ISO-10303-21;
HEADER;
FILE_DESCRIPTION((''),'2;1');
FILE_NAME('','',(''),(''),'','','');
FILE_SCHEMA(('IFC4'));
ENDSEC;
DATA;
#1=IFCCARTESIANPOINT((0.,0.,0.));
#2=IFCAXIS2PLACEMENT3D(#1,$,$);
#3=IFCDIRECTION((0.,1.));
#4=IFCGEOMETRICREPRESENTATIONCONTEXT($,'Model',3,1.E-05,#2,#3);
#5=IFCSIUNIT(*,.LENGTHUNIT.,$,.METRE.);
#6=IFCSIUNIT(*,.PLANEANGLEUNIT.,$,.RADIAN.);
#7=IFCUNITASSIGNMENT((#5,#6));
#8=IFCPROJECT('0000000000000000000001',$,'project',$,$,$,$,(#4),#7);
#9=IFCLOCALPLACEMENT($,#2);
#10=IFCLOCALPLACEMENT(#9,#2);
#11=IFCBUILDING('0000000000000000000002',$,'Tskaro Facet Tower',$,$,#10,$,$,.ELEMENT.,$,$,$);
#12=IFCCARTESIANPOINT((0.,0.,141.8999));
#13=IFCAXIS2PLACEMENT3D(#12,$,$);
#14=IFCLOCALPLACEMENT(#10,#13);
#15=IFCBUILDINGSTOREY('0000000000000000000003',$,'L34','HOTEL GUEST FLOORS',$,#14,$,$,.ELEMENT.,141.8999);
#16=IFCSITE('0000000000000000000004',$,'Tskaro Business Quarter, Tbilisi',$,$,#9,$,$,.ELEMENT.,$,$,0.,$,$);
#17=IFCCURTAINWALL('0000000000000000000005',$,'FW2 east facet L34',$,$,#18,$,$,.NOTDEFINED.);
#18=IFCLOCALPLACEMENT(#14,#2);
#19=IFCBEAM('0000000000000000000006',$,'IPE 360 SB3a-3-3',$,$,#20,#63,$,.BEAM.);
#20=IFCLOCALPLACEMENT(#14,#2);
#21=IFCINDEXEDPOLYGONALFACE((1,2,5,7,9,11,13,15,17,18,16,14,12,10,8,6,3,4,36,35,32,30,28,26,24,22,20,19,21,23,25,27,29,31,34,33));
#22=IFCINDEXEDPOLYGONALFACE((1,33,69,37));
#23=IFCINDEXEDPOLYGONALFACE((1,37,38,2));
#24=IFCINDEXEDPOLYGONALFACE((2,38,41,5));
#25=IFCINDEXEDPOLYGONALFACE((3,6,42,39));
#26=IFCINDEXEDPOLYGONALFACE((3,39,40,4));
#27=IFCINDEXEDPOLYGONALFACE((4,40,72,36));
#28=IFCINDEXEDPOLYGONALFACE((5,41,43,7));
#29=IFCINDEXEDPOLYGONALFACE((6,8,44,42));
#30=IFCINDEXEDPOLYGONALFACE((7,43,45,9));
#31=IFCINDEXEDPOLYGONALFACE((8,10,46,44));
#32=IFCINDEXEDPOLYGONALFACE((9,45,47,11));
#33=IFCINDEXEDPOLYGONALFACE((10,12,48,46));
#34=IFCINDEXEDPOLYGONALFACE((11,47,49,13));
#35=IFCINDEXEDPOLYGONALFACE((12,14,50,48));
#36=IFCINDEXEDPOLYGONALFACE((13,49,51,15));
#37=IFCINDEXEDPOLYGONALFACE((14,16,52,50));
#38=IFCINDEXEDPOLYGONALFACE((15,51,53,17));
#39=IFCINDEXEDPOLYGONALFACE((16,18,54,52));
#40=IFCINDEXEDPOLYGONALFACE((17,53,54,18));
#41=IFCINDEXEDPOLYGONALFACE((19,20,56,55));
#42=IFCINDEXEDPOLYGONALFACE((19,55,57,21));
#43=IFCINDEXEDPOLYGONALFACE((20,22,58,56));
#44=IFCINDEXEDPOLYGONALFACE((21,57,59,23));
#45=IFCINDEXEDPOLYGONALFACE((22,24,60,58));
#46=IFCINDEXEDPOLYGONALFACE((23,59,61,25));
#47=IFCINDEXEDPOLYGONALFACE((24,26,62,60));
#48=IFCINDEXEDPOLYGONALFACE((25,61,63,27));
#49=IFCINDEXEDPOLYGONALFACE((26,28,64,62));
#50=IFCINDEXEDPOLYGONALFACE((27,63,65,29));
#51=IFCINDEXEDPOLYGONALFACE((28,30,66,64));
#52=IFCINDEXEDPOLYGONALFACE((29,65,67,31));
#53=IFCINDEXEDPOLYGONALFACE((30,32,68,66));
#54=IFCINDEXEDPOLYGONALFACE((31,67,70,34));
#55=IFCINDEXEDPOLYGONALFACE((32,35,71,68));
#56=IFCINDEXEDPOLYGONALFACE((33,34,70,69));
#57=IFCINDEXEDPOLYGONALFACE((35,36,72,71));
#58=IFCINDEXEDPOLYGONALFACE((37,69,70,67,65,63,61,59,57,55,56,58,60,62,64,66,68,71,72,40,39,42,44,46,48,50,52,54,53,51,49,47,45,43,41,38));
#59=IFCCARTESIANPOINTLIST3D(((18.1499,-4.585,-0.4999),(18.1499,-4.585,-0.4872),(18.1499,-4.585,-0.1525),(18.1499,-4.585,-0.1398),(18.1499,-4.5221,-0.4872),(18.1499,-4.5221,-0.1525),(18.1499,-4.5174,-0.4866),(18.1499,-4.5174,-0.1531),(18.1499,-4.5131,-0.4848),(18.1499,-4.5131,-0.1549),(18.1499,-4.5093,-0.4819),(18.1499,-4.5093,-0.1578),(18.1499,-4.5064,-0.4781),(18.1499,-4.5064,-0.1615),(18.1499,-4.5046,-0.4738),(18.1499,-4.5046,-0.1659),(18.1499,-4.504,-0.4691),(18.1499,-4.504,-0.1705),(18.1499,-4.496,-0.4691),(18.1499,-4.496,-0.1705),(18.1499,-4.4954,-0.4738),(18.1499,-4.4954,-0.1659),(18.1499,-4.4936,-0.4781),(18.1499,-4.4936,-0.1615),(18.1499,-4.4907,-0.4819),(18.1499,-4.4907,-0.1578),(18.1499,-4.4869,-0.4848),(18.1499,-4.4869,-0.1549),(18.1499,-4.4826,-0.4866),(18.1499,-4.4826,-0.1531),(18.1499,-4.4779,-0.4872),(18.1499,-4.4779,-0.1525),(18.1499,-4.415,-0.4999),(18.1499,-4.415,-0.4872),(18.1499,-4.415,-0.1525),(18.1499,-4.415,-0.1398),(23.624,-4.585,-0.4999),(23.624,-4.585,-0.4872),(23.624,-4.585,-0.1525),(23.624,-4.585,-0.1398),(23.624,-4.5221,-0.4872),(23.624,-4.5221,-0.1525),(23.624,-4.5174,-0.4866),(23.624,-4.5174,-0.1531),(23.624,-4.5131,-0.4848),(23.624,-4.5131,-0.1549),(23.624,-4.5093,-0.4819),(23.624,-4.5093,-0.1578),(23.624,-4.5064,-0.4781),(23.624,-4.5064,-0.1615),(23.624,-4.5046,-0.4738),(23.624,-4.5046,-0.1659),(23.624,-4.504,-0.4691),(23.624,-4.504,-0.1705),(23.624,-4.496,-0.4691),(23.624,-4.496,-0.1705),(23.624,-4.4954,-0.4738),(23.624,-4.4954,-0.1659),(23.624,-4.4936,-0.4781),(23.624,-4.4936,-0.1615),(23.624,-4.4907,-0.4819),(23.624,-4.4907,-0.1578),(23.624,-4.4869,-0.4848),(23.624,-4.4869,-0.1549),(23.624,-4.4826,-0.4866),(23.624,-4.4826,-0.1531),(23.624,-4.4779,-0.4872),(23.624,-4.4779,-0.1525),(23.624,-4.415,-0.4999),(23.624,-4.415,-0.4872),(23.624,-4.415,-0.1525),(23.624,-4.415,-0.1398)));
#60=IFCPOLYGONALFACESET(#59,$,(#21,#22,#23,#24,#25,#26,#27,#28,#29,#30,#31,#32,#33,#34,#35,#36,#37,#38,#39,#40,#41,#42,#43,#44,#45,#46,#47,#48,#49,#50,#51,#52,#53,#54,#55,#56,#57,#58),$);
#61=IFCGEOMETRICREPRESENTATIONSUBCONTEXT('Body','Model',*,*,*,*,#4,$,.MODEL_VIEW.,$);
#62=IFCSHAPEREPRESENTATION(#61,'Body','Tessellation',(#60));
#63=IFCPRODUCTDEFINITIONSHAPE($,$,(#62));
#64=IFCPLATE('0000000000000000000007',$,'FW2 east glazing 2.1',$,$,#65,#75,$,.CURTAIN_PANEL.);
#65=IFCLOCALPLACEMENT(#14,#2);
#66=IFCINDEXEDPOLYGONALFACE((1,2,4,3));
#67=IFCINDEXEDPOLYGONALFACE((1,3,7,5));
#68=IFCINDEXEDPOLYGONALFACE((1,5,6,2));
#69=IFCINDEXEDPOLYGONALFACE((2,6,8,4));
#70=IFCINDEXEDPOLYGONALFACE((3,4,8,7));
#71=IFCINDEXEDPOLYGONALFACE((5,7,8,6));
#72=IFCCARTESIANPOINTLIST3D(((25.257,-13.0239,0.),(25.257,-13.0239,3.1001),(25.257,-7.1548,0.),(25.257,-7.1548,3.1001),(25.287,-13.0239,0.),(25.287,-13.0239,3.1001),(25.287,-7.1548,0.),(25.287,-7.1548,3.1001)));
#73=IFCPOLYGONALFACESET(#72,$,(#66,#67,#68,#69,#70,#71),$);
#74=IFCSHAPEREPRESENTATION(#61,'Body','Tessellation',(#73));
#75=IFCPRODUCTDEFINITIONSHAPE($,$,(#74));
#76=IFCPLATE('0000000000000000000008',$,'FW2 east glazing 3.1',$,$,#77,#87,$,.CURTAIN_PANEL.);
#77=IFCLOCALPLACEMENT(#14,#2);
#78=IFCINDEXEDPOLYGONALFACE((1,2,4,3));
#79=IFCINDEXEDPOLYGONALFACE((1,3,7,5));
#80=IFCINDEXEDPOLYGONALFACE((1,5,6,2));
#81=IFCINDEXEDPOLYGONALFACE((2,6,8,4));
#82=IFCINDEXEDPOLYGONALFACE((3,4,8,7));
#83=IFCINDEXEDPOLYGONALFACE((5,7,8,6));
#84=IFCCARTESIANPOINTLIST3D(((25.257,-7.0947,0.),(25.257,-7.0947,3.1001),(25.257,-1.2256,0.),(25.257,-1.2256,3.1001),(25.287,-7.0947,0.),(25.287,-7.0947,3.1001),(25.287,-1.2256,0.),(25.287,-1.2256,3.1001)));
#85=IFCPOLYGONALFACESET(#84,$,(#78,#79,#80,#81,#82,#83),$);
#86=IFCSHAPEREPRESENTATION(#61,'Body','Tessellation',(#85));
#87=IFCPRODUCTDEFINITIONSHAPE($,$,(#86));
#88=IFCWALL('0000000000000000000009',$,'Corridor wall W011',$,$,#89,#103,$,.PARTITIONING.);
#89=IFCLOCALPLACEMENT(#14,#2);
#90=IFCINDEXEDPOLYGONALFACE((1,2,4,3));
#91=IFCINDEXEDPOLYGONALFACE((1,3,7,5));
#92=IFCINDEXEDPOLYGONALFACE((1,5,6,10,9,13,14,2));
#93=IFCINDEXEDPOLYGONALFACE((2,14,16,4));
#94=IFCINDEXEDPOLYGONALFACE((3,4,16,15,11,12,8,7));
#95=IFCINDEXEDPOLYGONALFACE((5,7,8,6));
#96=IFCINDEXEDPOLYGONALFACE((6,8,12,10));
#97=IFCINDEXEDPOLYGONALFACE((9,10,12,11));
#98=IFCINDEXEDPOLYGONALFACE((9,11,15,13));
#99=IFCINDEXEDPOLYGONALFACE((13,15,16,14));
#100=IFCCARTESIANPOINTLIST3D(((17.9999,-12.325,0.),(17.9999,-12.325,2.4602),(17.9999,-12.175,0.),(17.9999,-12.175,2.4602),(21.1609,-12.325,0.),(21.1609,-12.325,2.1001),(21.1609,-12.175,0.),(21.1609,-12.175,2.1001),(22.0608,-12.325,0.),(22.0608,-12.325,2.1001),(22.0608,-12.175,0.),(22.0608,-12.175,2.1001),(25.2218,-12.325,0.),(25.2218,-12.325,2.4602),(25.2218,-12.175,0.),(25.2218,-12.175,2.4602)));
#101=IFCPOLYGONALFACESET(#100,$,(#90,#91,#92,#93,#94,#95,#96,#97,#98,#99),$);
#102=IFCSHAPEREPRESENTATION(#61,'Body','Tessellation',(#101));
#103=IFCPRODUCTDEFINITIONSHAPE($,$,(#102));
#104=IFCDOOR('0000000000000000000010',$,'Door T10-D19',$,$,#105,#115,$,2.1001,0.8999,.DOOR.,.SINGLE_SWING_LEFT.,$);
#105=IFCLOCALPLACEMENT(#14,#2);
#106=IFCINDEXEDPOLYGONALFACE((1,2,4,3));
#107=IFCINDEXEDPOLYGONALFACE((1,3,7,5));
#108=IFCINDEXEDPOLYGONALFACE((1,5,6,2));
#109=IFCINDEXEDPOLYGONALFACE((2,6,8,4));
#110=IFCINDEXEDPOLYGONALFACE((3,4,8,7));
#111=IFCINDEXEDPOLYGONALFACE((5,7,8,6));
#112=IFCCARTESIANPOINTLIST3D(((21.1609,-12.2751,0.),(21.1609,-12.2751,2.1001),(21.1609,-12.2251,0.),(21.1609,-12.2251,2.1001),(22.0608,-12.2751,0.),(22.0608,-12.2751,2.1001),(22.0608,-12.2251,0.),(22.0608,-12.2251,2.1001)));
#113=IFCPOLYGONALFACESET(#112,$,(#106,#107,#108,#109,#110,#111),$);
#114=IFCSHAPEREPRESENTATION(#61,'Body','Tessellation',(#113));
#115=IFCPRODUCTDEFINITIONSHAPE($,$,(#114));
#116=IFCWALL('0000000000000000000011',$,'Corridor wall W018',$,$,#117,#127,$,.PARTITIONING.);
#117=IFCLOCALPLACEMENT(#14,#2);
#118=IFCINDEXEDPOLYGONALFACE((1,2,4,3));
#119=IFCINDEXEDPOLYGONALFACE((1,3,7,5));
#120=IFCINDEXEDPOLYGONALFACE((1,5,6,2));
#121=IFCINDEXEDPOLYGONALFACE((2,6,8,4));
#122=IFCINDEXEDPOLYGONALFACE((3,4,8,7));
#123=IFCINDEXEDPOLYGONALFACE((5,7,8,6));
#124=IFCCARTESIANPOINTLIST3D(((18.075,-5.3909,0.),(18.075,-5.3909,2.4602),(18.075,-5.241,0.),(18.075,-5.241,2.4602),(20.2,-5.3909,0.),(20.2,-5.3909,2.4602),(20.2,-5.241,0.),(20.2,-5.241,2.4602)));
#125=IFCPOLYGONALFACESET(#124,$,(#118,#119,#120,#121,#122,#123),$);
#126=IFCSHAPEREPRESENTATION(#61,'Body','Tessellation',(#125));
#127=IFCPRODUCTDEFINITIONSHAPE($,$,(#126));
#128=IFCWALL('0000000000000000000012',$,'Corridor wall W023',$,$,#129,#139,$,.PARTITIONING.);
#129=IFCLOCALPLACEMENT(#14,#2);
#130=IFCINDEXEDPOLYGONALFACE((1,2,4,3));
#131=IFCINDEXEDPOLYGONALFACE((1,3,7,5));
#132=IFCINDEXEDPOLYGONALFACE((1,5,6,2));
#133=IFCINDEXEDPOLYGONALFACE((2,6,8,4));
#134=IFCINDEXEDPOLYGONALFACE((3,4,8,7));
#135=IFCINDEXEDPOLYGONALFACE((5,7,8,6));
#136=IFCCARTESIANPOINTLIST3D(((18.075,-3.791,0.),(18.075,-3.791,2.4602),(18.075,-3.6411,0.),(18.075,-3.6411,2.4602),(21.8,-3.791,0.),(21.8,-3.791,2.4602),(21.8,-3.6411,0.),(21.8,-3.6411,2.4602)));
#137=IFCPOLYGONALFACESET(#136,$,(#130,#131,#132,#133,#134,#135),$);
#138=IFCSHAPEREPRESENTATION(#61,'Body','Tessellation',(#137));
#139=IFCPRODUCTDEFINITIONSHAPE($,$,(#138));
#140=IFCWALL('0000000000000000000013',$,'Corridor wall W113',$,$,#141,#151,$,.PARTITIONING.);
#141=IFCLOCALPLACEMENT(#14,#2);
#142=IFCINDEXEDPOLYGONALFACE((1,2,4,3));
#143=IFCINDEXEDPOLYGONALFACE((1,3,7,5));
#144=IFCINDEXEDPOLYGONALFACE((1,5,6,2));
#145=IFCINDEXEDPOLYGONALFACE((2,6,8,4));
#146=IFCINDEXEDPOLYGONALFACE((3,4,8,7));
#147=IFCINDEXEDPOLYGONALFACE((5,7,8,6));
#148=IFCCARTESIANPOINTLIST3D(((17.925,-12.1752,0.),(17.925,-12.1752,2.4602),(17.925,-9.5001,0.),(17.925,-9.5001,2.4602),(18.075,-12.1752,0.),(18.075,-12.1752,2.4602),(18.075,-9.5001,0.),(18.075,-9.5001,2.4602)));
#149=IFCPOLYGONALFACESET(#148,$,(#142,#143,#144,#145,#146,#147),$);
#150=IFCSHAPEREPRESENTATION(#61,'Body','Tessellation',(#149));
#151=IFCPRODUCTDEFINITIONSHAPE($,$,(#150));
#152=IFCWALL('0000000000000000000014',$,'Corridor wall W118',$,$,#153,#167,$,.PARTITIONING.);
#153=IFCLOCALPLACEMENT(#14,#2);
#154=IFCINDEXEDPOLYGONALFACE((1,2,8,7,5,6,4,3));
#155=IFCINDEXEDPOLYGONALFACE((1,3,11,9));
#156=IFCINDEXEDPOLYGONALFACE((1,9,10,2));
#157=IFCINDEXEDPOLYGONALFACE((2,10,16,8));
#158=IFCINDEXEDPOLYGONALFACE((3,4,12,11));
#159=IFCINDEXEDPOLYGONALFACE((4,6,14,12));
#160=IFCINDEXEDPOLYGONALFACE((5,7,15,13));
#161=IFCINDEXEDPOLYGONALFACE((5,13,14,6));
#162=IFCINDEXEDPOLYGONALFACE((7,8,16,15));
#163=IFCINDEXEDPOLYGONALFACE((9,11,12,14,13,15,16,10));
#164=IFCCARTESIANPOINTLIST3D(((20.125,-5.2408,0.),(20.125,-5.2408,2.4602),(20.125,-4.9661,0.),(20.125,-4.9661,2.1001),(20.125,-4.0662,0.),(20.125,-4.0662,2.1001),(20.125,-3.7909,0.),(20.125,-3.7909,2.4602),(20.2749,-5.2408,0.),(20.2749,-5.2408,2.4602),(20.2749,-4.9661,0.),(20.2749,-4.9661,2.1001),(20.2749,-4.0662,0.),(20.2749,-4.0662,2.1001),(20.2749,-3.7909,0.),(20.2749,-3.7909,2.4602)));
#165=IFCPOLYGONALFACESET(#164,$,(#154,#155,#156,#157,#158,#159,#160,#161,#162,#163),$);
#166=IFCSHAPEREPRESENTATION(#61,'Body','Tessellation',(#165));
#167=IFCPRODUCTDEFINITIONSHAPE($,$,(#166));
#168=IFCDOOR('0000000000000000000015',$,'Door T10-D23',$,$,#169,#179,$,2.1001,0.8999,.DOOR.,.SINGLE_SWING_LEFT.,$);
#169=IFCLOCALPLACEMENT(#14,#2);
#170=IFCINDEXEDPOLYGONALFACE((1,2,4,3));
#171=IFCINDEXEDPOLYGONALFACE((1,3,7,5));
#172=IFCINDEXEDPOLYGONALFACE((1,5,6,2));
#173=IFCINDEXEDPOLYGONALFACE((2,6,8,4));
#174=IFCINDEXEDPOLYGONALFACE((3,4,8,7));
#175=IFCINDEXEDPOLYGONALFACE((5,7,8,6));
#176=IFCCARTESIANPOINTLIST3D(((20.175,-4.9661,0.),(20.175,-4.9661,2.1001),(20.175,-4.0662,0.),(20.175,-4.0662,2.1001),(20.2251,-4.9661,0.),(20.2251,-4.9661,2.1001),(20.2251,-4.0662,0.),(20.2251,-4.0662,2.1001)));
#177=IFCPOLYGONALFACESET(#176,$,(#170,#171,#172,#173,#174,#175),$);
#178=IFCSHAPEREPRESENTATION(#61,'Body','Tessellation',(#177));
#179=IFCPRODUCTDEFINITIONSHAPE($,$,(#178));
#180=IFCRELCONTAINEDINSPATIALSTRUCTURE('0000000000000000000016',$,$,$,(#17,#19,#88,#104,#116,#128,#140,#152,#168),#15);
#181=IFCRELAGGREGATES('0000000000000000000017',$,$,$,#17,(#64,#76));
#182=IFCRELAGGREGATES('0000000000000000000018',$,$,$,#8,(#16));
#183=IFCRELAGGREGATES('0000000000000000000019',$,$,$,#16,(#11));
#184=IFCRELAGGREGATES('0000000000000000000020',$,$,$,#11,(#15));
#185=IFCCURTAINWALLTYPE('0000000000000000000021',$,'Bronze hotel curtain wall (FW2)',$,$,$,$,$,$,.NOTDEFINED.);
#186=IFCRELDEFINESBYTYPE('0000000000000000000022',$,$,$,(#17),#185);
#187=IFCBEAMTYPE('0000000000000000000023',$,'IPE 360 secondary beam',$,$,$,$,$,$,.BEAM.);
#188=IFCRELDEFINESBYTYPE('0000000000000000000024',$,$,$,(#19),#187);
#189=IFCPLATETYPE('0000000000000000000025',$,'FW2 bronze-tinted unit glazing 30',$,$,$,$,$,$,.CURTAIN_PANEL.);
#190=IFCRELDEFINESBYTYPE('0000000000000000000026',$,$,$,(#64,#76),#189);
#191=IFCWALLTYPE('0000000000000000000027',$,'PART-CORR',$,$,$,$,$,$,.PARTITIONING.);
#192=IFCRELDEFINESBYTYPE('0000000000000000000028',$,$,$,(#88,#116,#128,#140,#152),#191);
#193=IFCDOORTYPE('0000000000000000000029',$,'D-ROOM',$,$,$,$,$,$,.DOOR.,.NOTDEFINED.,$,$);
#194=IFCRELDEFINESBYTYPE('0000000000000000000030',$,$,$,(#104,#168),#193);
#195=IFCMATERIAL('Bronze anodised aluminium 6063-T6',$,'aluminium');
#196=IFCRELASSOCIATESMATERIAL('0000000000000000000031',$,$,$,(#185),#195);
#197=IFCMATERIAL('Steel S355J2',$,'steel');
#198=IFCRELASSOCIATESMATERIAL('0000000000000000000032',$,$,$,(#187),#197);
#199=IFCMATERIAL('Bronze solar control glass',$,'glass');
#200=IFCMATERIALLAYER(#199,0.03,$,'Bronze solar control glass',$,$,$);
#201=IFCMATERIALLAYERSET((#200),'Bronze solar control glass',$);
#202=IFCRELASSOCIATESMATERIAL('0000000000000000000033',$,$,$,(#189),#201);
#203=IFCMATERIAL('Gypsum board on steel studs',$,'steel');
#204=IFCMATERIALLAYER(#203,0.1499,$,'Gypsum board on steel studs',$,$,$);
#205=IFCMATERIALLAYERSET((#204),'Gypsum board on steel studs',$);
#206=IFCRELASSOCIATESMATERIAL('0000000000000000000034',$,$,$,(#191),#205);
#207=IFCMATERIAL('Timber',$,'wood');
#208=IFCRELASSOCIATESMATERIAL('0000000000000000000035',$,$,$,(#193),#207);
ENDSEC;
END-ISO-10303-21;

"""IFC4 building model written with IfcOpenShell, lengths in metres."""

from ifc_helpers import new_model, si_unit, direction, frame, frame_2d, origin, origin_2d, place, context, subcontext, project, spatial, rectangle, i_section, extrude, material, layer, layer_set, material_profile, profile_set, type_object, element, fill, aggregate, save


model = new_model("IFC4")

# Units and contexts
model_context = context("Model", 3, precision=1e-05, world=origin(), true_north=direction((0.0, 1.0)))
body_context = subcontext(model_context, "Body", "Model", "MODEL_VIEW")
ifc_project = project(units=[si_unit("LENGTHUNIT", "METRE"), si_unit("PLANEANGLEUNIT", "RADIAN")], contexts=[model_context])

# Site, building, storey
site_placement = place(None, origin())
site = spatial("IfcSite", under=ifc_project, at=site_placement, Name="Tskaro Business Quarter, Tbilisi", CompositionType="ELEMENT", RefElevation=0.0)
building_placement = place(site_placement, origin())
building = spatial("IfcBuilding", under=site, at=building_placement, Name="Tskaro Facet Tower", CompositionType="ELEMENT")
storey_placement = place(building_placement, frame((0.0, 0.0, 141.8999)))
storey = spatial("IfcBuildingStorey", under=building, at=storey_placement, Name="L34", Description="HOTEL GUEST FLOORS", CompositionType="ELEMENT", Elevation=141.8999)

# Curtain wall
ifc_material_1 = material(Name="Bronze anodised aluminium 6063-T6", Category="aluminium")
curtain_wall_type = type_object("IfcCurtainWallType", Name="Bronze hotel curtain wall (FW2)", PredefinedType="NOTDEFINED", material=ifc_material_1)
curtain_wall_placement = place(storey_placement, origin())
curtain_wall = element("IfcCurtainWall", 1, at=curtain_wall_placement, inside=storey, type_object=curtain_wall_type, Name="FW2 east facet L34", PredefinedType="NOTDEFINED")

# Beam
ifc_material_2 = material(Name="Steel S355J2", Category="steel")
ifc_material_profile_1 = material_profile(ifc_material_2, i_section(OverallWidth=0.1699, OverallDepth=0.3601, WebThickness=0.0081, FlangeThickness=0.0127, FilletRadius=0.0181, at=origin_2d()), Name="IPE 360")
ifc_profile_set_1 = profile_set([ifc_material_profile_1], Name="Steel S355J2")
beam_type_1 = type_object("IfcBeamType", Name="IPE 360 secondary beam", PredefinedType="BEAM", material=ifc_profile_set_1)
beam_1_placement = place(storey_placement, frame((18.1499, -4.5, -0.3198), z_axis=(1.0, 0.0, 0.0), x_axis=(0.0, 1.0, 0.0)))
element("IfcBeam", 2, at=beam_1_placement, inside=storey, type_object=beam_type_1, Name="IPE 360 SB3a-3-3", PredefinedType="BEAM", context=body_context, shape_type="SweptSolid", body=[
    extrude(i_section(OverallWidth=0.1699, OverallDepth=0.3601, WebThickness=0.0081, FlangeThickness=0.0127, FilletRadius=0.0181, at=origin_2d()), origin(), (0.0, 0.0, 1.0), 5.4741),
])

# Plates
ifc_material_3 = material(Name="Bronze solar control glass", Category="glass")
ifc_layer_1 = layer(ifc_material_3, 0.03, Name="Bronze solar control glass")
ifc_layer_set_1 = layer_set([ifc_layer_1], Name="Bronze solar control glass")
plate_type = type_object("IfcPlateType", Name="FW2 bronze-tinted unit glazing 30", PredefinedType="CURTAIN_PANEL", material=ifc_layer_set_1)
plate_1_placement = place(storey_placement, frame((25.272, -10.0894, 0.0), z_axis=(0.0, 0.0, 1.0), x_axis=(0.0, 1.0, 0.0)))
plate_1 = element("IfcPlate", 3, at=plate_1_placement, type_object=plate_type, Name="FW2 east glazing 2.1", PredefinedType="CURTAIN_PANEL", context=body_context, shape_type="SweptSolid", body=[
    extrude(rectangle(XDim=5.8691, YDim=0.03, at=origin_2d()), origin(), (0.0, 0.0, 1.0), 3.1001),
])
plate_2_placement = place(storey_placement, frame((25.272, -4.1602, 0.0), z_axis=(0.0, 0.0, 1.0), x_axis=(0.0, 1.0, 0.0)))
plate_2 = element("IfcPlate", 4, at=plate_2_placement, type_object=plate_type, Name="FW2 east glazing 3.1", PredefinedType="CURTAIN_PANEL", context=body_context, shape_type="SweptSolid", body=[
    extrude(rectangle(XDim=5.8691, YDim=0.03, at=origin_2d()), origin(), (0.0, 0.0, 1.0), 3.1001),
])
aggregate(curtain_wall, [plate_1, plate_2])

# Wall, opening, door
ifc_material_4 = material(Name="Gypsum board on steel studs", Category="steel")
ifc_layer_2 = layer(ifc_material_4, 0.1499, Name="Gypsum board on steel studs")
ifc_layer_set_2 = layer_set([ifc_layer_2], Name="Gypsum board on steel studs")
wall_type_1 = type_object("IfcWallType", Name="PART-CORR", PredefinedType="PARTITIONING", material=ifc_layer_set_2)
wall_1_placement = place(storey_placement, frame((18.0, -12.25, 0.0), z_axis=(0.0, 0.0, 1.0), x_axis=(1.0, 0.0, 0.0)))
wall_1 = element("IfcWall", 5, at=wall_1_placement, inside=storey, type_object=wall_type_1, Name="Corridor wall W011", PredefinedType="PARTITIONING", context=body_context, shape_type="SweptSolid", body=[
    extrude(rectangle(XDim=7.2219, YDim=0.1499, at=frame_2d((3.6108, 0.0))), origin(), (0.0, 0.0, 1.0), 2.4602),
])
opening_1_placement = place(wall_1_placement, frame((3.1609, 0.0, 0.0)))
opening_1 = element("IfcOpeningElement", 6, at=opening_1_placement, cuts=wall_1, PredefinedType="OPENING", context=body_context, shape_type="SweptSolid", body=[
    extrude(rectangle(XDim=0.8999, YDim=2.1001, at=frame_2d((0.45, 1.05))), frame((0.0, 0.085, 0.0), z_axis=(0.0, -1.0, 0.0), x_axis=(1.0, 0.0, 0.0)), (0.0, 0.0, 1.0), 0.1699),
])
ifc_material_5 = material(Name="Timber", Category="wood")
door_type = type_object("IfcDoorType", Name="D-ROOM", OperationType="NOTDEFINED", PredefinedType="DOOR", material=ifc_material_5)
door_1_placement = place(opening_1_placement, origin())
door_1 = element("IfcDoor", 7, at=door_1_placement, inside=storey, type_object=door_type, Name="Door T10-D19", OperationType="SINGLE_SWING_LEFT", OverallHeight=2.1001, OverallWidth=0.8999, PredefinedType="DOOR", context=body_context, shape_type="SweptSolid", body=[
    extrude(rectangle(XDim=0.8999, YDim=2.1001, at=frame_2d((0.45, 1.05))), frame((0.0, 0.0249, 0.0), z_axis=(0.0, -1.0, 0.0), x_axis=(1.0, 0.0, 0.0)), (0.0, 0.0, 1.0), 0.05),
])
fill(opening_1, door_1)

# Walls
wall_2_placement = place(storey_placement, frame((18.075, -5.3159, 0.0), z_axis=(0.0, 0.0, 1.0), x_axis=(1.0, 0.0, 0.0)))
element("IfcWall", 8, at=wall_2_placement, inside=storey, type_object=wall_type_1, Name="Corridor wall W018", PredefinedType="PARTITIONING", context=body_context, shape_type="SweptSolid", body=[
    extrude(rectangle(XDim=2.125, YDim=0.1499, at=frame_2d((1.0625, 0.0))), origin(), (0.0, 0.0, 1.0), 2.4602),
])
wall_3_placement = place(storey_placement, frame((18.075, -3.7161, 0.0), z_axis=(0.0, 0.0, 1.0), x_axis=(1.0, 0.0, 0.0)))
element("IfcWall", 9, at=wall_3_placement, inside=storey, type_object=wall_type_1, Name="Corridor wall W023", PredefinedType="PARTITIONING", context=body_context, shape_type="SweptSolid", body=[
    extrude(rectangle(XDim=3.7251, YDim=0.1499, at=frame_2d((1.8625, 0.0))), origin(), (0.0, 0.0, 1.0), 2.4602),
])
wall_4_placement = place(storey_placement, frame((18.0, -12.175, 0.0), z_axis=(0.0, 0.0, 1.0), x_axis=(0.0, 1.0, 0.0)))
element("IfcWall", 10, at=wall_4_placement, inside=storey, type_object=wall_type_1, Name="Corridor wall W113", PredefinedType="PARTITIONING", context=body_context, shape_type="SweptSolid", body=[
    extrude(rectangle(XDim=2.675, YDim=0.1499, at=frame_2d((1.3374, 0.0))), origin(), (0.0, 0.0, 1.0), 2.4602),
])

# Wall, opening, door
wall_5_placement = place(storey_placement, frame((20.2, -5.241, 0.0), z_axis=(0.0, 0.0, 1.0), x_axis=(0.0, 1.0, 0.0)))
wall_5 = element("IfcWall", 11, at=wall_5_placement, inside=storey, type_object=wall_type_1, Name="Corridor wall W118", PredefinedType="PARTITIONING", context=body_context, shape_type="SweptSolid", body=[
    extrude(rectangle(XDim=1.45, YDim=0.1499, at=frame_2d((0.7251, 0.0))), origin(), (0.0, 0.0, 1.0), 2.4602),
])
opening_2_placement = place(wall_5_placement, frame((0.2749, 0.0, 0.0)))
opening_2 = element("IfcOpeningElement", 12, at=opening_2_placement, cuts=wall_5, PredefinedType="OPENING", context=body_context, shape_type="SweptSolid", body=[
    extrude(rectangle(XDim=0.8999, YDim=2.1001, at=frame_2d((0.45, 1.05))), frame((0.0, 0.085, 0.0), z_axis=(0.0, -1.0, 0.0), x_axis=(1.0, 0.0, 0.0)), (0.0, 0.0, 1.0), 0.1699),
])
door_2_placement = place(opening_2_placement, origin())
door_2 = element("IfcDoor", 13, at=door_2_placement, inside=storey, type_object=door_type, Name="Door T10-D23", OperationType="SINGLE_SWING_LEFT", OverallHeight=2.1001, OverallWidth=0.8999, PredefinedType="DOOR", context=body_context, shape_type="SweptSolid", body=[
    extrude(rectangle(XDim=0.8999, YDim=2.1001, at=frame_2d((0.45, 1.05))), frame((0.0, 0.0249, 0.0), z_axis=(0.0, -1.0, 0.0), x_axis=(1.0, 0.0, 0.0)), (0.0, 0.0, 1.0), 0.05),
])
fill(opening_2, door_2)

save(model, "model.ifc")
